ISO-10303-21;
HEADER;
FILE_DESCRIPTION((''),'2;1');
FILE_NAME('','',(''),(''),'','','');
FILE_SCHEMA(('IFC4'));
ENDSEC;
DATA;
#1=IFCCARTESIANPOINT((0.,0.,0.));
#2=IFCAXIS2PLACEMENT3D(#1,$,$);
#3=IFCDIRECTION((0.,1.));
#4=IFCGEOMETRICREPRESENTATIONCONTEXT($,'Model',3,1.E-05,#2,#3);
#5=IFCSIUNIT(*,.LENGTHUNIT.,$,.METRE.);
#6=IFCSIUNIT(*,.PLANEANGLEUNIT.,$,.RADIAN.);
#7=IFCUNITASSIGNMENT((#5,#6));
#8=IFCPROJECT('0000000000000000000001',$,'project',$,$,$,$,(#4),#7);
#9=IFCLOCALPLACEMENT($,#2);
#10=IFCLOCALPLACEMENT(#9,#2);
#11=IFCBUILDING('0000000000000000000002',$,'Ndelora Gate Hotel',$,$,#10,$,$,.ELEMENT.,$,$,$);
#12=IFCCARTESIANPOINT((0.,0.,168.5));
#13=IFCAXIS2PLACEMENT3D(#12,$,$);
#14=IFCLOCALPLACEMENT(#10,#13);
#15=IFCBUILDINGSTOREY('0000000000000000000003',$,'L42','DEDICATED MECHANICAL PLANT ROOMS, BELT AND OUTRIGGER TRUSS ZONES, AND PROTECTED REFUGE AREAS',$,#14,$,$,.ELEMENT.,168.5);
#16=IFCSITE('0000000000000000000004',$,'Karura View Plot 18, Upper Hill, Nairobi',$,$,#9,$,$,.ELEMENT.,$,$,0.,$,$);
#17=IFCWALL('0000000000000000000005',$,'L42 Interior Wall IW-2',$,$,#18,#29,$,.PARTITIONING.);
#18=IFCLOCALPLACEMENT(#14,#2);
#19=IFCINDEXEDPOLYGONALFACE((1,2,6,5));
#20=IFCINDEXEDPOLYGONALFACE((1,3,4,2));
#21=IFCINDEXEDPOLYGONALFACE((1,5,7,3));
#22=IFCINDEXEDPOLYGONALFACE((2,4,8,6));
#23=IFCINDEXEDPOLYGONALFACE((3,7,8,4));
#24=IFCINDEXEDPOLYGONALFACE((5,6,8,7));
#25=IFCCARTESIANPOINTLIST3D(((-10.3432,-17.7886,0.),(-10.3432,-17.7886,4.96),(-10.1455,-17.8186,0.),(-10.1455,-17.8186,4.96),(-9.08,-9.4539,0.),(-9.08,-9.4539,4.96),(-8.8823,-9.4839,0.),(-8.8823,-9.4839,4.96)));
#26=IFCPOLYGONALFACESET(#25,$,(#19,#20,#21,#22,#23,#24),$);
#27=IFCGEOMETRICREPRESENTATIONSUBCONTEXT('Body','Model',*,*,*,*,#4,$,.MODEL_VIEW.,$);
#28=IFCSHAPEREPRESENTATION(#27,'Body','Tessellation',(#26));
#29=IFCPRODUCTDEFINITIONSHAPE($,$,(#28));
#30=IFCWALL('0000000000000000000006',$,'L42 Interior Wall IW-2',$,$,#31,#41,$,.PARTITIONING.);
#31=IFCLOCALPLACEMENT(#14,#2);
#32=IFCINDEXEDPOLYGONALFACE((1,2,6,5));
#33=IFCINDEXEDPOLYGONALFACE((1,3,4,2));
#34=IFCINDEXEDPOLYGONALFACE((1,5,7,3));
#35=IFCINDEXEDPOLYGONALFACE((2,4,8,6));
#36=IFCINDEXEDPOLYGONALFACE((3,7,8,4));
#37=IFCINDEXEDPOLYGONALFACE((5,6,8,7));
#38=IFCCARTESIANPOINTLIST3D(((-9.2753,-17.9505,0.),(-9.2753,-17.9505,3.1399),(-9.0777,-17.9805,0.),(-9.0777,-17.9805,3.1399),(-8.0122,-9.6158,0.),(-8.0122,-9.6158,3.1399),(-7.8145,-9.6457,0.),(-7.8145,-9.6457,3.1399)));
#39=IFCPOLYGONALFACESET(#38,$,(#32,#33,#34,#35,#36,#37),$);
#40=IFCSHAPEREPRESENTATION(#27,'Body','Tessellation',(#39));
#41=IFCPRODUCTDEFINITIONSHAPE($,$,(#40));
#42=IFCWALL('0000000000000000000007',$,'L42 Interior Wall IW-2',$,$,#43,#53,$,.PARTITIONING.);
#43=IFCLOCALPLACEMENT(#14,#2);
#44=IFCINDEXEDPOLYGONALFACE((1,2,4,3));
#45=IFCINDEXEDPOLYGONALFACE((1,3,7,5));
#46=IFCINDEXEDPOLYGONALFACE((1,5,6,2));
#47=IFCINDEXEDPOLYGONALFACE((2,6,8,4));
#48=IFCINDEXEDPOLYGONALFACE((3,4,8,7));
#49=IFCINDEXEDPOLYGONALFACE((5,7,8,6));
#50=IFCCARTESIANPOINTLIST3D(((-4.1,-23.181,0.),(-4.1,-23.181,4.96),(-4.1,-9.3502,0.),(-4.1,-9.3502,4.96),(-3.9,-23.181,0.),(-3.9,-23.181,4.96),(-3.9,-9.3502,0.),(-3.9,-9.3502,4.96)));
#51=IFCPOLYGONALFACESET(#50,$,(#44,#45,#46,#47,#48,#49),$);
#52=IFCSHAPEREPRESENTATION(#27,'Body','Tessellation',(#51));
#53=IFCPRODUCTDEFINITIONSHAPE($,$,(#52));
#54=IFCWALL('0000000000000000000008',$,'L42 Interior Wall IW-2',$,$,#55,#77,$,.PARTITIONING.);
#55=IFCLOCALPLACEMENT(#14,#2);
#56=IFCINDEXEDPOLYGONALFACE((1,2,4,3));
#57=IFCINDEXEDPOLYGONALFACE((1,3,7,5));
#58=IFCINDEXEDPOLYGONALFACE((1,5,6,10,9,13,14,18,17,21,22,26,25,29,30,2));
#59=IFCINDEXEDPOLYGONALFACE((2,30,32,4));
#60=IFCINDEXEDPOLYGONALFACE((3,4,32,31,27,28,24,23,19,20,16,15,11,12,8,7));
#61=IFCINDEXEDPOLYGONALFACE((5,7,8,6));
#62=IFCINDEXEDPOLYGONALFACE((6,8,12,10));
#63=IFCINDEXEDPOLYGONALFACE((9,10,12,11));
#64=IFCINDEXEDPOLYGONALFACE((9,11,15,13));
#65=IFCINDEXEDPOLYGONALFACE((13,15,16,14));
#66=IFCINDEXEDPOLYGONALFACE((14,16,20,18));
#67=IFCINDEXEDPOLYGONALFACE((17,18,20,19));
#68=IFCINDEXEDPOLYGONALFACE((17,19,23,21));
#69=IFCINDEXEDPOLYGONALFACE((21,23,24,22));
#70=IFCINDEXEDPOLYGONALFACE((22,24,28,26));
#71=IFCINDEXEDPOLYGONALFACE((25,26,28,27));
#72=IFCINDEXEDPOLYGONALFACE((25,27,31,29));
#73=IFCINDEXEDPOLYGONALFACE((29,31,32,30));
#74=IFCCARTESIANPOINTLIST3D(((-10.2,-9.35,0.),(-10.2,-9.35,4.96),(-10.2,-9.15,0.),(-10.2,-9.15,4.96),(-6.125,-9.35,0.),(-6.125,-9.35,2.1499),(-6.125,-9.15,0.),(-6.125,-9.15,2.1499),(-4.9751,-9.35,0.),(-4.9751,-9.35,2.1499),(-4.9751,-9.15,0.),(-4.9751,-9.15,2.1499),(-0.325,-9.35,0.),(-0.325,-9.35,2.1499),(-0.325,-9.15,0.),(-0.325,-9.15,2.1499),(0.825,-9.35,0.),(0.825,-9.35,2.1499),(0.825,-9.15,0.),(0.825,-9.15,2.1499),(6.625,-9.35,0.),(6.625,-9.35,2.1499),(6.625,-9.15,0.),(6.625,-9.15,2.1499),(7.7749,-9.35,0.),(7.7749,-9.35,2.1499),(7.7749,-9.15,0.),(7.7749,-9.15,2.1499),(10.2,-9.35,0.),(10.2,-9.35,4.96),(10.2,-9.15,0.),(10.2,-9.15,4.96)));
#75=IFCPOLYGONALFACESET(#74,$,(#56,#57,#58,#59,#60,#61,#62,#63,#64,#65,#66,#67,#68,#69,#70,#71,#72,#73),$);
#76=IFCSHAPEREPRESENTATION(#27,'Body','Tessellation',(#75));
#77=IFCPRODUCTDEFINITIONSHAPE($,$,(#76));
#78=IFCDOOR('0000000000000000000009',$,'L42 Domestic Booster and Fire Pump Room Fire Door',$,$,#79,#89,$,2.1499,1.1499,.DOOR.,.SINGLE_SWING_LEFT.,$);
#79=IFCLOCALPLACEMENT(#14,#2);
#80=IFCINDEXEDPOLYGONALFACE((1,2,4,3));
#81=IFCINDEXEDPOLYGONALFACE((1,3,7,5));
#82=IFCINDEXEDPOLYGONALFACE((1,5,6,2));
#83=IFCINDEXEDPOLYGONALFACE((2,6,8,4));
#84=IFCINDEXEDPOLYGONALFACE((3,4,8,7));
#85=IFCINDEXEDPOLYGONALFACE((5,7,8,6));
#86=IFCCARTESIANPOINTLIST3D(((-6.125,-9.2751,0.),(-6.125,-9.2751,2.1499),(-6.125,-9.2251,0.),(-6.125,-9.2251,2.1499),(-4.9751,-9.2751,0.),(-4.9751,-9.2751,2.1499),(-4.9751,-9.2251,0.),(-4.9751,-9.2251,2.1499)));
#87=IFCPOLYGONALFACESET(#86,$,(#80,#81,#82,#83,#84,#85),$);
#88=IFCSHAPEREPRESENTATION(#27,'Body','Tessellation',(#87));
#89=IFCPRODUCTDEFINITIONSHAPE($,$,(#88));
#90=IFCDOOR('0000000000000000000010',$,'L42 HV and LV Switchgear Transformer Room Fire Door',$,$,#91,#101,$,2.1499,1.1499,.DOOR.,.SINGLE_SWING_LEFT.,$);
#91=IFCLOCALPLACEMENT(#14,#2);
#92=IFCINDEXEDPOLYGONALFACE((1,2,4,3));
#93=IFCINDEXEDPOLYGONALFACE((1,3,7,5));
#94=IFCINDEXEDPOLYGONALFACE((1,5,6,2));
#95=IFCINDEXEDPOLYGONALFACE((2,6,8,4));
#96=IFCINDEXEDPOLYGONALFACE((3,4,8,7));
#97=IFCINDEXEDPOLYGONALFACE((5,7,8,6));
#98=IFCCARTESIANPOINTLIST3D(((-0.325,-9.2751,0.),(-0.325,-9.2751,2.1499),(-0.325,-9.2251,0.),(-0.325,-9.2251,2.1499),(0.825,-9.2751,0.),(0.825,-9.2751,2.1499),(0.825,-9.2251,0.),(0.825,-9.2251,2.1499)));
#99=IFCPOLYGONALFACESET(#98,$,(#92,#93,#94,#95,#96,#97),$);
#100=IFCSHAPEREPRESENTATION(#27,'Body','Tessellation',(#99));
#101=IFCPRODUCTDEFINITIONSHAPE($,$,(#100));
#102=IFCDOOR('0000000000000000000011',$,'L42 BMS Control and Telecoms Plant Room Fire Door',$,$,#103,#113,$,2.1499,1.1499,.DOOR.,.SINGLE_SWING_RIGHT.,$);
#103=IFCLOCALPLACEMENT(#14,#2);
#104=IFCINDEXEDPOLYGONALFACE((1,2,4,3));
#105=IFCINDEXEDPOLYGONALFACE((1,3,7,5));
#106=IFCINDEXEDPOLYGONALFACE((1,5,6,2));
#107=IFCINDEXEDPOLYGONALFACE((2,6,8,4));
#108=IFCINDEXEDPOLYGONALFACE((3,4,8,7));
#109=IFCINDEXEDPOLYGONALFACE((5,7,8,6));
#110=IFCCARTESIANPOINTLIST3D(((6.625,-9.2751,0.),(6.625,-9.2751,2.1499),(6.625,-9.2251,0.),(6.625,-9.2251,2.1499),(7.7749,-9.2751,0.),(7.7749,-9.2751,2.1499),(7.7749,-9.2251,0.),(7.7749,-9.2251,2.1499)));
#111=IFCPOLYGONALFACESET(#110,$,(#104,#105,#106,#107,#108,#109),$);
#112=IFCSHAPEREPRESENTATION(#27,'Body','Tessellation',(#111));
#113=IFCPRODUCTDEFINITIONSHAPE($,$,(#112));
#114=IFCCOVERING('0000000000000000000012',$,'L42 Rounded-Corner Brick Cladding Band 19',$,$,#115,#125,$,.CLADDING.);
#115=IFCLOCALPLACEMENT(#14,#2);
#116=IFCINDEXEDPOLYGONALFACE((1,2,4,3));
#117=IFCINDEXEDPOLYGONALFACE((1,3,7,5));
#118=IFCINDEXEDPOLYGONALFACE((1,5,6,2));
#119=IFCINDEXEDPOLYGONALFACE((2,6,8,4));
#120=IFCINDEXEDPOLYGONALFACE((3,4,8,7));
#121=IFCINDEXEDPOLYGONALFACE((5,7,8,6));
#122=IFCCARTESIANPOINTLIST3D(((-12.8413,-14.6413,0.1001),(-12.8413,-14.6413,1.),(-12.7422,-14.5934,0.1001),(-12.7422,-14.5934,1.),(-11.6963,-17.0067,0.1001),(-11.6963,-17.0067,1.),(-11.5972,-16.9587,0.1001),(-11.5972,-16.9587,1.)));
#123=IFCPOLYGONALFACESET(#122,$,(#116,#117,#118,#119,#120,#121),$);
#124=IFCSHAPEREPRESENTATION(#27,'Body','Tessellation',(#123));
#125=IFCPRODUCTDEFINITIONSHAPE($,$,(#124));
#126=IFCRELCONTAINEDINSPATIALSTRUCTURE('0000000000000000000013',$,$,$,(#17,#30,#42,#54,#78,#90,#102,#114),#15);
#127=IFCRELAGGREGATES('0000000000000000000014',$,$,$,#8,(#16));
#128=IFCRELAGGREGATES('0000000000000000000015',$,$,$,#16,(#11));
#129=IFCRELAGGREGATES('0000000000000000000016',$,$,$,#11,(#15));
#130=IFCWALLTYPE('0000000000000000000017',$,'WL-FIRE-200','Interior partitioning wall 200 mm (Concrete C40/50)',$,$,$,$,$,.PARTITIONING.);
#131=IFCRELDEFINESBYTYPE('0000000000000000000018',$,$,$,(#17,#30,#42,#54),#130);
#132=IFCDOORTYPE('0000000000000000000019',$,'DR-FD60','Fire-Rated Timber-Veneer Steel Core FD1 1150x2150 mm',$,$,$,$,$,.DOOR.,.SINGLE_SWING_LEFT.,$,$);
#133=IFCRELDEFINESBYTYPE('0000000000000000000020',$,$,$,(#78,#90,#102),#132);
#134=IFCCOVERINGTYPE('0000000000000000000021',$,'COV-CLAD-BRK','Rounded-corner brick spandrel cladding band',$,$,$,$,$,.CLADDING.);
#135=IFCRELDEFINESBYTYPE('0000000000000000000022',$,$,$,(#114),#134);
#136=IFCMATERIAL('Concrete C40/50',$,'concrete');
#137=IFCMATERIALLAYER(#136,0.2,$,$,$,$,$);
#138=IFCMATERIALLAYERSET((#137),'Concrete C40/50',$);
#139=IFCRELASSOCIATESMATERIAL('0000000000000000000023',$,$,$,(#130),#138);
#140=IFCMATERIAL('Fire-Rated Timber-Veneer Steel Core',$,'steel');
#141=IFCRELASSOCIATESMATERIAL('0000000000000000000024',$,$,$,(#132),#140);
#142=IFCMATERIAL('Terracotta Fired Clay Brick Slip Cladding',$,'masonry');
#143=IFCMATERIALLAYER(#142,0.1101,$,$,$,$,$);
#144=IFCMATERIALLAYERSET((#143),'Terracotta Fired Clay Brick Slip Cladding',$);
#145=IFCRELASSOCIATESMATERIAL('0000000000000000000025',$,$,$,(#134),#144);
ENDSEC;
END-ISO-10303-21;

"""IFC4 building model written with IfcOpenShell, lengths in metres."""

from ifc_helpers import new_model, si_unit, direction, frame, frame_2d, origin, origin_2d, place, context, subcontext, project, spatial, rectangle, extrude, material, layer, layer_set, type_object, element, fill, save


model = new_model("IFC4")

# Units and contexts
model_context = context("Model", 3, precision=1e-05, world=origin(), true_north=direction((0.0, 1.0)))
body_context = subcontext(model_context, "Body", "Model", "MODEL_VIEW")
ifc_project = project(units=[si_unit("LENGTHUNIT", "METRE"), si_unit("PLANEANGLEUNIT", "RADIAN")], contexts=[model_context])

# Site, building, storey
site_placement = place(None, origin())
site = spatial("IfcSite", under=ifc_project, at=site_placement, Name="Karura View Plot 18, Upper Hill, Nairobi", CompositionType="ELEMENT", RefElevation=0.0)
building_placement = place(site_placement, origin())
building = spatial("IfcBuilding", under=site, at=building_placement, Name="Ndelora Gate Hotel", CompositionType="ELEMENT")
storey_placement = place(building_placement, frame((0.0, 0.0, 168.5)))
storey = spatial("IfcBuildingStorey", under=building, at=storey_placement, Name="L42", Description="DEDICATED MECHANICAL PLANT ROOMS, BELT AND OUTRIGGER TRUSS ZONES, AND PROTECTED REFUGE AREAS", CompositionType="ELEMENT", Elevation=168.5)

# Walls
ifc_material_1 = material(Name="Concrete C40/50", Category="concrete")
ifc_layer_1 = layer(ifc_material_1, 0.2)
ifc_layer_set_1 = layer_set([ifc_layer_1], Name="Concrete C40/50")
wall_type_1 = type_object("IfcWallType", Name="WL-FIRE-200", Description="Interior partitioning wall 200 mm (Concrete C40/50)", PredefinedType="PARTITIONING", material=ifc_layer_set_1)
wall_1_placement = place(storey_placement, frame((-8.9812, -9.469, 0.0), z_axis=(0.0, 0.0, 1.0), x_axis=(-0.149846, -0.988709, 0.0)))
element("IfcWall", 1, at=wall_1_placement, inside=storey, type_object=wall_type_1, Name="L42 Interior Wall IW-2", PredefinedType="PARTITIONING", context=body_context, shape_type="SweptSolid", body=[
    extrude(rectangle(XDim=8.4299, YDim=0.2, at=frame_2d((4.2148, 0.0))), origin(), (0.0, 0.0, 1.0), 4.96),
])
wall_2_placement = place(storey_placement, frame((-7.9133, -9.6309, 0.0), z_axis=(0.0, 0.0, 1.0), x_axis=(-0.149846, -0.988709, 0.0)))
element("IfcWall", 2, at=wall_2_placement, inside=storey, type_object=wall_type_1, Name="L42 Interior Wall IW-2", PredefinedType="PARTITIONING", context=body_context, shape_type="SweptSolid", body=[
    extrude(rectangle(XDim=8.4299, YDim=0.2, at=frame_2d((4.2148, 0.0))), origin(), (0.0, 0.0, 1.0), 3.1399),
])
wall_3_placement = place(storey_placement, frame((-4.0, -9.3501, 0.0), z_axis=(0.0, 0.0, 1.0), x_axis=(0.0, -1.0, 0.0)))
element("IfcWall", 3, at=wall_3_placement, inside=storey, type_object=wall_type_1, Name="L42 Interior Wall IW-2", PredefinedType="PARTITIONING", context=body_context, shape_type="SweptSolid", body=[
    extrude(rectangle(XDim=13.8308, YDim=0.2, at=frame_2d((6.9155, 0.0))), origin(), (0.0, 0.0, 1.0), 4.96),
])

# Wall, openings, doors
wall_4_placement = place(storey_placement, frame((-10.2, -9.25, 0.0), z_axis=(0.0, 0.0, 1.0), x_axis=(1.0, 0.0, 0.0)))
wall_4 = element("IfcWall", 4, at=wall_4_placement, inside=storey, type_object=wall_type_1, Name="L42 Interior Wall IW-2", PredefinedType="PARTITIONING", context=body_context, shape_type="SweptSolid", body=[
    extrude(rectangle(XDim=20.3999, YDim=0.2, at=frame_2d((10.2, 0.0))), origin(), (0.0, 0.0, 1.0), 4.96),
])
opening_1_placement = place(wall_4_placement, frame((4.075, 0.0, 0.0)))
opening_1 = element("IfcOpeningElement", 5, at=opening_1_placement, cuts=wall_4, PredefinedType="OPENING", context=body_context, shape_type="SweptSolid", body=[
    extrude(rectangle(XDim=1.1499, YDim=2.1499, at=frame_2d((0.575, 1.075))), frame((0.0, 0.1099, 0.0), z_axis=(0.0, -1.0, 0.0), x_axis=(1.0, 0.0, 0.0)), (0.0, 0.0, 1.0), 0.22),
])
opening_2_placement = place(wall_4_placement, frame((9.875, 0.0, 0.0)))
opening_2 = element("IfcOpeningElement", 6, at=opening_2_placement, cuts=wall_4, PredefinedType="OPENING", context=body_context, shape_type="SweptSolid", body=[
    extrude(rectangle(XDim=1.1499, YDim=2.1499, at=frame_2d((0.575, 1.075))), frame((0.0, 0.1099, 0.0), z_axis=(0.0, -1.0, 0.0), x_axis=(1.0, 0.0, 0.0)), (0.0, 0.0, 1.0), 0.22),
])
opening_3_placement = place(wall_4_placement, frame((16.825, 0.0, 0.0)))
opening_3 = element("IfcOpeningElement", 7, at=opening_3_placement, cuts=wall_4, PredefinedType="OPENING", context=body_context, shape_type="SweptSolid", body=[
    extrude(rectangle(XDim=1.1499, YDim=2.1499, at=frame_2d((0.575, 1.075))), frame((0.0, 0.1099, 0.0), z_axis=(0.0, -1.0, 0.0), x_axis=(1.0, 0.0, 0.0)), (0.0, 0.0, 1.0), 0.22),
])
ifc_material_2 = material(Name="Fire-Rated Timber-Veneer Steel Core", Category="steel")
door_type = type_object("IfcDoorType", Name="DR-FD60", Description="Fire-Rated Timber-Veneer Steel Core FD1 1150x2150 mm", OperationType="SINGLE_SWING_LEFT", PredefinedType="DOOR", material=ifc_material_2)
door_1_placement = place(opening_1_placement, origin())
door_1 = element("IfcDoor", 8, at=door_1_placement, inside=storey, type_object=door_type, Name="L42 Domestic Booster and Fire Pump Room Fire Door", OperationType="SINGLE_SWING_LEFT", OverallHeight=2.1499, OverallWidth=1.1499, PredefinedType="DOOR", context=body_context, shape_type="SweptSolid", body=[
    extrude(rectangle(XDim=1.1499, YDim=2.1499, at=frame_2d((0.575, 1.075))), frame((0.0, 0.0249, 0.0), z_axis=(0.0, -1.0, 0.0), x_axis=(1.0, 0.0, 0.0)), (0.0, 0.0, 1.0), 0.05),
])
fill(opening_1, door_1)
door_2_placement = place(opening_2_placement, origin())
door_2 = element("IfcDoor", 9, at=door_2_placement, inside=storey, type_object=door_type, Name="L42 HV and LV Switchgear Transformer Room Fire Door", OperationType="SINGLE_SWING_LEFT", OverallHeight=2.1499, OverallWidth=1.1499, PredefinedType="DOOR", context=body_context, shape_type="SweptSolid", body=[
    extrude(rectangle(XDim=1.1499, YDim=2.1499, at=frame_2d((0.575, 1.075))), frame((0.0, 0.0249, 0.0), z_axis=(0.0, -1.0, 0.0), x_axis=(1.0, 0.0, 0.0)), (0.0, 0.0, 1.0), 0.05),
])
fill(opening_2, door_2)
door_3_placement = place(opening_3_placement, origin())
door_3 = element("IfcDoor", 10, at=door_3_placement, inside=storey, type_object=door_type, Name="L42 BMS Control and Telecoms Plant Room Fire Door", OperationType="SINGLE_SWING_RIGHT", OverallHeight=2.1499, OverallWidth=1.1499, PredefinedType="DOOR", context=body_context, shape_type="SweptSolid", body=[
    extrude(rectangle(XDim=1.1499, YDim=2.1499, at=frame_2d((0.575, 1.075))), frame((0.0, 0.0249, 0.0), z_axis=(0.0, -1.0, 0.0), x_axis=(1.0, 0.0, 0.0)), (0.0, 0.0, 1.0), 0.05),
])
fill(opening_3, door_3)

# Covering
ifc_material_3 = material(Name="Terracotta Fired Clay Brick Slip Cladding", Category="masonry")
ifc_layer_2 = layer(ifc_material_3, 0.1101)
ifc_layer_set_2 = layer_set([ifc_layer_2], Name="Terracotta Fired Clay Brick Slip Cladding")
covering_type = type_object("IfcCoveringType", Name="COV-CLAD-BRK", Description="Rounded-corner brick spandrel cladding band", PredefinedType="CLADDING", material=ifc_layer_set_2)
covering_placement = place(storey_placement, frame((-12.2192, -15.8, 0.1001), z_axis=(0.0, 0.0, 1.0), x_axis=(-0.435702, 0.900091, 0.0)))
element("IfcCovering", 11, at=covering_placement, inside=storey, type_object=covering_type, Name="L42 Rounded-Corner Brick Cladding Band 19", PredefinedType="CLADDING", context=body_context, shape_type="SweptSolid", body=[
    extrude(rectangle(XDim=2.6279, YDim=0.1101, at=origin_2d()), origin(), (0.0, 0.0, 1.0), 0.8999),
])

save(model, "model.ifc")
